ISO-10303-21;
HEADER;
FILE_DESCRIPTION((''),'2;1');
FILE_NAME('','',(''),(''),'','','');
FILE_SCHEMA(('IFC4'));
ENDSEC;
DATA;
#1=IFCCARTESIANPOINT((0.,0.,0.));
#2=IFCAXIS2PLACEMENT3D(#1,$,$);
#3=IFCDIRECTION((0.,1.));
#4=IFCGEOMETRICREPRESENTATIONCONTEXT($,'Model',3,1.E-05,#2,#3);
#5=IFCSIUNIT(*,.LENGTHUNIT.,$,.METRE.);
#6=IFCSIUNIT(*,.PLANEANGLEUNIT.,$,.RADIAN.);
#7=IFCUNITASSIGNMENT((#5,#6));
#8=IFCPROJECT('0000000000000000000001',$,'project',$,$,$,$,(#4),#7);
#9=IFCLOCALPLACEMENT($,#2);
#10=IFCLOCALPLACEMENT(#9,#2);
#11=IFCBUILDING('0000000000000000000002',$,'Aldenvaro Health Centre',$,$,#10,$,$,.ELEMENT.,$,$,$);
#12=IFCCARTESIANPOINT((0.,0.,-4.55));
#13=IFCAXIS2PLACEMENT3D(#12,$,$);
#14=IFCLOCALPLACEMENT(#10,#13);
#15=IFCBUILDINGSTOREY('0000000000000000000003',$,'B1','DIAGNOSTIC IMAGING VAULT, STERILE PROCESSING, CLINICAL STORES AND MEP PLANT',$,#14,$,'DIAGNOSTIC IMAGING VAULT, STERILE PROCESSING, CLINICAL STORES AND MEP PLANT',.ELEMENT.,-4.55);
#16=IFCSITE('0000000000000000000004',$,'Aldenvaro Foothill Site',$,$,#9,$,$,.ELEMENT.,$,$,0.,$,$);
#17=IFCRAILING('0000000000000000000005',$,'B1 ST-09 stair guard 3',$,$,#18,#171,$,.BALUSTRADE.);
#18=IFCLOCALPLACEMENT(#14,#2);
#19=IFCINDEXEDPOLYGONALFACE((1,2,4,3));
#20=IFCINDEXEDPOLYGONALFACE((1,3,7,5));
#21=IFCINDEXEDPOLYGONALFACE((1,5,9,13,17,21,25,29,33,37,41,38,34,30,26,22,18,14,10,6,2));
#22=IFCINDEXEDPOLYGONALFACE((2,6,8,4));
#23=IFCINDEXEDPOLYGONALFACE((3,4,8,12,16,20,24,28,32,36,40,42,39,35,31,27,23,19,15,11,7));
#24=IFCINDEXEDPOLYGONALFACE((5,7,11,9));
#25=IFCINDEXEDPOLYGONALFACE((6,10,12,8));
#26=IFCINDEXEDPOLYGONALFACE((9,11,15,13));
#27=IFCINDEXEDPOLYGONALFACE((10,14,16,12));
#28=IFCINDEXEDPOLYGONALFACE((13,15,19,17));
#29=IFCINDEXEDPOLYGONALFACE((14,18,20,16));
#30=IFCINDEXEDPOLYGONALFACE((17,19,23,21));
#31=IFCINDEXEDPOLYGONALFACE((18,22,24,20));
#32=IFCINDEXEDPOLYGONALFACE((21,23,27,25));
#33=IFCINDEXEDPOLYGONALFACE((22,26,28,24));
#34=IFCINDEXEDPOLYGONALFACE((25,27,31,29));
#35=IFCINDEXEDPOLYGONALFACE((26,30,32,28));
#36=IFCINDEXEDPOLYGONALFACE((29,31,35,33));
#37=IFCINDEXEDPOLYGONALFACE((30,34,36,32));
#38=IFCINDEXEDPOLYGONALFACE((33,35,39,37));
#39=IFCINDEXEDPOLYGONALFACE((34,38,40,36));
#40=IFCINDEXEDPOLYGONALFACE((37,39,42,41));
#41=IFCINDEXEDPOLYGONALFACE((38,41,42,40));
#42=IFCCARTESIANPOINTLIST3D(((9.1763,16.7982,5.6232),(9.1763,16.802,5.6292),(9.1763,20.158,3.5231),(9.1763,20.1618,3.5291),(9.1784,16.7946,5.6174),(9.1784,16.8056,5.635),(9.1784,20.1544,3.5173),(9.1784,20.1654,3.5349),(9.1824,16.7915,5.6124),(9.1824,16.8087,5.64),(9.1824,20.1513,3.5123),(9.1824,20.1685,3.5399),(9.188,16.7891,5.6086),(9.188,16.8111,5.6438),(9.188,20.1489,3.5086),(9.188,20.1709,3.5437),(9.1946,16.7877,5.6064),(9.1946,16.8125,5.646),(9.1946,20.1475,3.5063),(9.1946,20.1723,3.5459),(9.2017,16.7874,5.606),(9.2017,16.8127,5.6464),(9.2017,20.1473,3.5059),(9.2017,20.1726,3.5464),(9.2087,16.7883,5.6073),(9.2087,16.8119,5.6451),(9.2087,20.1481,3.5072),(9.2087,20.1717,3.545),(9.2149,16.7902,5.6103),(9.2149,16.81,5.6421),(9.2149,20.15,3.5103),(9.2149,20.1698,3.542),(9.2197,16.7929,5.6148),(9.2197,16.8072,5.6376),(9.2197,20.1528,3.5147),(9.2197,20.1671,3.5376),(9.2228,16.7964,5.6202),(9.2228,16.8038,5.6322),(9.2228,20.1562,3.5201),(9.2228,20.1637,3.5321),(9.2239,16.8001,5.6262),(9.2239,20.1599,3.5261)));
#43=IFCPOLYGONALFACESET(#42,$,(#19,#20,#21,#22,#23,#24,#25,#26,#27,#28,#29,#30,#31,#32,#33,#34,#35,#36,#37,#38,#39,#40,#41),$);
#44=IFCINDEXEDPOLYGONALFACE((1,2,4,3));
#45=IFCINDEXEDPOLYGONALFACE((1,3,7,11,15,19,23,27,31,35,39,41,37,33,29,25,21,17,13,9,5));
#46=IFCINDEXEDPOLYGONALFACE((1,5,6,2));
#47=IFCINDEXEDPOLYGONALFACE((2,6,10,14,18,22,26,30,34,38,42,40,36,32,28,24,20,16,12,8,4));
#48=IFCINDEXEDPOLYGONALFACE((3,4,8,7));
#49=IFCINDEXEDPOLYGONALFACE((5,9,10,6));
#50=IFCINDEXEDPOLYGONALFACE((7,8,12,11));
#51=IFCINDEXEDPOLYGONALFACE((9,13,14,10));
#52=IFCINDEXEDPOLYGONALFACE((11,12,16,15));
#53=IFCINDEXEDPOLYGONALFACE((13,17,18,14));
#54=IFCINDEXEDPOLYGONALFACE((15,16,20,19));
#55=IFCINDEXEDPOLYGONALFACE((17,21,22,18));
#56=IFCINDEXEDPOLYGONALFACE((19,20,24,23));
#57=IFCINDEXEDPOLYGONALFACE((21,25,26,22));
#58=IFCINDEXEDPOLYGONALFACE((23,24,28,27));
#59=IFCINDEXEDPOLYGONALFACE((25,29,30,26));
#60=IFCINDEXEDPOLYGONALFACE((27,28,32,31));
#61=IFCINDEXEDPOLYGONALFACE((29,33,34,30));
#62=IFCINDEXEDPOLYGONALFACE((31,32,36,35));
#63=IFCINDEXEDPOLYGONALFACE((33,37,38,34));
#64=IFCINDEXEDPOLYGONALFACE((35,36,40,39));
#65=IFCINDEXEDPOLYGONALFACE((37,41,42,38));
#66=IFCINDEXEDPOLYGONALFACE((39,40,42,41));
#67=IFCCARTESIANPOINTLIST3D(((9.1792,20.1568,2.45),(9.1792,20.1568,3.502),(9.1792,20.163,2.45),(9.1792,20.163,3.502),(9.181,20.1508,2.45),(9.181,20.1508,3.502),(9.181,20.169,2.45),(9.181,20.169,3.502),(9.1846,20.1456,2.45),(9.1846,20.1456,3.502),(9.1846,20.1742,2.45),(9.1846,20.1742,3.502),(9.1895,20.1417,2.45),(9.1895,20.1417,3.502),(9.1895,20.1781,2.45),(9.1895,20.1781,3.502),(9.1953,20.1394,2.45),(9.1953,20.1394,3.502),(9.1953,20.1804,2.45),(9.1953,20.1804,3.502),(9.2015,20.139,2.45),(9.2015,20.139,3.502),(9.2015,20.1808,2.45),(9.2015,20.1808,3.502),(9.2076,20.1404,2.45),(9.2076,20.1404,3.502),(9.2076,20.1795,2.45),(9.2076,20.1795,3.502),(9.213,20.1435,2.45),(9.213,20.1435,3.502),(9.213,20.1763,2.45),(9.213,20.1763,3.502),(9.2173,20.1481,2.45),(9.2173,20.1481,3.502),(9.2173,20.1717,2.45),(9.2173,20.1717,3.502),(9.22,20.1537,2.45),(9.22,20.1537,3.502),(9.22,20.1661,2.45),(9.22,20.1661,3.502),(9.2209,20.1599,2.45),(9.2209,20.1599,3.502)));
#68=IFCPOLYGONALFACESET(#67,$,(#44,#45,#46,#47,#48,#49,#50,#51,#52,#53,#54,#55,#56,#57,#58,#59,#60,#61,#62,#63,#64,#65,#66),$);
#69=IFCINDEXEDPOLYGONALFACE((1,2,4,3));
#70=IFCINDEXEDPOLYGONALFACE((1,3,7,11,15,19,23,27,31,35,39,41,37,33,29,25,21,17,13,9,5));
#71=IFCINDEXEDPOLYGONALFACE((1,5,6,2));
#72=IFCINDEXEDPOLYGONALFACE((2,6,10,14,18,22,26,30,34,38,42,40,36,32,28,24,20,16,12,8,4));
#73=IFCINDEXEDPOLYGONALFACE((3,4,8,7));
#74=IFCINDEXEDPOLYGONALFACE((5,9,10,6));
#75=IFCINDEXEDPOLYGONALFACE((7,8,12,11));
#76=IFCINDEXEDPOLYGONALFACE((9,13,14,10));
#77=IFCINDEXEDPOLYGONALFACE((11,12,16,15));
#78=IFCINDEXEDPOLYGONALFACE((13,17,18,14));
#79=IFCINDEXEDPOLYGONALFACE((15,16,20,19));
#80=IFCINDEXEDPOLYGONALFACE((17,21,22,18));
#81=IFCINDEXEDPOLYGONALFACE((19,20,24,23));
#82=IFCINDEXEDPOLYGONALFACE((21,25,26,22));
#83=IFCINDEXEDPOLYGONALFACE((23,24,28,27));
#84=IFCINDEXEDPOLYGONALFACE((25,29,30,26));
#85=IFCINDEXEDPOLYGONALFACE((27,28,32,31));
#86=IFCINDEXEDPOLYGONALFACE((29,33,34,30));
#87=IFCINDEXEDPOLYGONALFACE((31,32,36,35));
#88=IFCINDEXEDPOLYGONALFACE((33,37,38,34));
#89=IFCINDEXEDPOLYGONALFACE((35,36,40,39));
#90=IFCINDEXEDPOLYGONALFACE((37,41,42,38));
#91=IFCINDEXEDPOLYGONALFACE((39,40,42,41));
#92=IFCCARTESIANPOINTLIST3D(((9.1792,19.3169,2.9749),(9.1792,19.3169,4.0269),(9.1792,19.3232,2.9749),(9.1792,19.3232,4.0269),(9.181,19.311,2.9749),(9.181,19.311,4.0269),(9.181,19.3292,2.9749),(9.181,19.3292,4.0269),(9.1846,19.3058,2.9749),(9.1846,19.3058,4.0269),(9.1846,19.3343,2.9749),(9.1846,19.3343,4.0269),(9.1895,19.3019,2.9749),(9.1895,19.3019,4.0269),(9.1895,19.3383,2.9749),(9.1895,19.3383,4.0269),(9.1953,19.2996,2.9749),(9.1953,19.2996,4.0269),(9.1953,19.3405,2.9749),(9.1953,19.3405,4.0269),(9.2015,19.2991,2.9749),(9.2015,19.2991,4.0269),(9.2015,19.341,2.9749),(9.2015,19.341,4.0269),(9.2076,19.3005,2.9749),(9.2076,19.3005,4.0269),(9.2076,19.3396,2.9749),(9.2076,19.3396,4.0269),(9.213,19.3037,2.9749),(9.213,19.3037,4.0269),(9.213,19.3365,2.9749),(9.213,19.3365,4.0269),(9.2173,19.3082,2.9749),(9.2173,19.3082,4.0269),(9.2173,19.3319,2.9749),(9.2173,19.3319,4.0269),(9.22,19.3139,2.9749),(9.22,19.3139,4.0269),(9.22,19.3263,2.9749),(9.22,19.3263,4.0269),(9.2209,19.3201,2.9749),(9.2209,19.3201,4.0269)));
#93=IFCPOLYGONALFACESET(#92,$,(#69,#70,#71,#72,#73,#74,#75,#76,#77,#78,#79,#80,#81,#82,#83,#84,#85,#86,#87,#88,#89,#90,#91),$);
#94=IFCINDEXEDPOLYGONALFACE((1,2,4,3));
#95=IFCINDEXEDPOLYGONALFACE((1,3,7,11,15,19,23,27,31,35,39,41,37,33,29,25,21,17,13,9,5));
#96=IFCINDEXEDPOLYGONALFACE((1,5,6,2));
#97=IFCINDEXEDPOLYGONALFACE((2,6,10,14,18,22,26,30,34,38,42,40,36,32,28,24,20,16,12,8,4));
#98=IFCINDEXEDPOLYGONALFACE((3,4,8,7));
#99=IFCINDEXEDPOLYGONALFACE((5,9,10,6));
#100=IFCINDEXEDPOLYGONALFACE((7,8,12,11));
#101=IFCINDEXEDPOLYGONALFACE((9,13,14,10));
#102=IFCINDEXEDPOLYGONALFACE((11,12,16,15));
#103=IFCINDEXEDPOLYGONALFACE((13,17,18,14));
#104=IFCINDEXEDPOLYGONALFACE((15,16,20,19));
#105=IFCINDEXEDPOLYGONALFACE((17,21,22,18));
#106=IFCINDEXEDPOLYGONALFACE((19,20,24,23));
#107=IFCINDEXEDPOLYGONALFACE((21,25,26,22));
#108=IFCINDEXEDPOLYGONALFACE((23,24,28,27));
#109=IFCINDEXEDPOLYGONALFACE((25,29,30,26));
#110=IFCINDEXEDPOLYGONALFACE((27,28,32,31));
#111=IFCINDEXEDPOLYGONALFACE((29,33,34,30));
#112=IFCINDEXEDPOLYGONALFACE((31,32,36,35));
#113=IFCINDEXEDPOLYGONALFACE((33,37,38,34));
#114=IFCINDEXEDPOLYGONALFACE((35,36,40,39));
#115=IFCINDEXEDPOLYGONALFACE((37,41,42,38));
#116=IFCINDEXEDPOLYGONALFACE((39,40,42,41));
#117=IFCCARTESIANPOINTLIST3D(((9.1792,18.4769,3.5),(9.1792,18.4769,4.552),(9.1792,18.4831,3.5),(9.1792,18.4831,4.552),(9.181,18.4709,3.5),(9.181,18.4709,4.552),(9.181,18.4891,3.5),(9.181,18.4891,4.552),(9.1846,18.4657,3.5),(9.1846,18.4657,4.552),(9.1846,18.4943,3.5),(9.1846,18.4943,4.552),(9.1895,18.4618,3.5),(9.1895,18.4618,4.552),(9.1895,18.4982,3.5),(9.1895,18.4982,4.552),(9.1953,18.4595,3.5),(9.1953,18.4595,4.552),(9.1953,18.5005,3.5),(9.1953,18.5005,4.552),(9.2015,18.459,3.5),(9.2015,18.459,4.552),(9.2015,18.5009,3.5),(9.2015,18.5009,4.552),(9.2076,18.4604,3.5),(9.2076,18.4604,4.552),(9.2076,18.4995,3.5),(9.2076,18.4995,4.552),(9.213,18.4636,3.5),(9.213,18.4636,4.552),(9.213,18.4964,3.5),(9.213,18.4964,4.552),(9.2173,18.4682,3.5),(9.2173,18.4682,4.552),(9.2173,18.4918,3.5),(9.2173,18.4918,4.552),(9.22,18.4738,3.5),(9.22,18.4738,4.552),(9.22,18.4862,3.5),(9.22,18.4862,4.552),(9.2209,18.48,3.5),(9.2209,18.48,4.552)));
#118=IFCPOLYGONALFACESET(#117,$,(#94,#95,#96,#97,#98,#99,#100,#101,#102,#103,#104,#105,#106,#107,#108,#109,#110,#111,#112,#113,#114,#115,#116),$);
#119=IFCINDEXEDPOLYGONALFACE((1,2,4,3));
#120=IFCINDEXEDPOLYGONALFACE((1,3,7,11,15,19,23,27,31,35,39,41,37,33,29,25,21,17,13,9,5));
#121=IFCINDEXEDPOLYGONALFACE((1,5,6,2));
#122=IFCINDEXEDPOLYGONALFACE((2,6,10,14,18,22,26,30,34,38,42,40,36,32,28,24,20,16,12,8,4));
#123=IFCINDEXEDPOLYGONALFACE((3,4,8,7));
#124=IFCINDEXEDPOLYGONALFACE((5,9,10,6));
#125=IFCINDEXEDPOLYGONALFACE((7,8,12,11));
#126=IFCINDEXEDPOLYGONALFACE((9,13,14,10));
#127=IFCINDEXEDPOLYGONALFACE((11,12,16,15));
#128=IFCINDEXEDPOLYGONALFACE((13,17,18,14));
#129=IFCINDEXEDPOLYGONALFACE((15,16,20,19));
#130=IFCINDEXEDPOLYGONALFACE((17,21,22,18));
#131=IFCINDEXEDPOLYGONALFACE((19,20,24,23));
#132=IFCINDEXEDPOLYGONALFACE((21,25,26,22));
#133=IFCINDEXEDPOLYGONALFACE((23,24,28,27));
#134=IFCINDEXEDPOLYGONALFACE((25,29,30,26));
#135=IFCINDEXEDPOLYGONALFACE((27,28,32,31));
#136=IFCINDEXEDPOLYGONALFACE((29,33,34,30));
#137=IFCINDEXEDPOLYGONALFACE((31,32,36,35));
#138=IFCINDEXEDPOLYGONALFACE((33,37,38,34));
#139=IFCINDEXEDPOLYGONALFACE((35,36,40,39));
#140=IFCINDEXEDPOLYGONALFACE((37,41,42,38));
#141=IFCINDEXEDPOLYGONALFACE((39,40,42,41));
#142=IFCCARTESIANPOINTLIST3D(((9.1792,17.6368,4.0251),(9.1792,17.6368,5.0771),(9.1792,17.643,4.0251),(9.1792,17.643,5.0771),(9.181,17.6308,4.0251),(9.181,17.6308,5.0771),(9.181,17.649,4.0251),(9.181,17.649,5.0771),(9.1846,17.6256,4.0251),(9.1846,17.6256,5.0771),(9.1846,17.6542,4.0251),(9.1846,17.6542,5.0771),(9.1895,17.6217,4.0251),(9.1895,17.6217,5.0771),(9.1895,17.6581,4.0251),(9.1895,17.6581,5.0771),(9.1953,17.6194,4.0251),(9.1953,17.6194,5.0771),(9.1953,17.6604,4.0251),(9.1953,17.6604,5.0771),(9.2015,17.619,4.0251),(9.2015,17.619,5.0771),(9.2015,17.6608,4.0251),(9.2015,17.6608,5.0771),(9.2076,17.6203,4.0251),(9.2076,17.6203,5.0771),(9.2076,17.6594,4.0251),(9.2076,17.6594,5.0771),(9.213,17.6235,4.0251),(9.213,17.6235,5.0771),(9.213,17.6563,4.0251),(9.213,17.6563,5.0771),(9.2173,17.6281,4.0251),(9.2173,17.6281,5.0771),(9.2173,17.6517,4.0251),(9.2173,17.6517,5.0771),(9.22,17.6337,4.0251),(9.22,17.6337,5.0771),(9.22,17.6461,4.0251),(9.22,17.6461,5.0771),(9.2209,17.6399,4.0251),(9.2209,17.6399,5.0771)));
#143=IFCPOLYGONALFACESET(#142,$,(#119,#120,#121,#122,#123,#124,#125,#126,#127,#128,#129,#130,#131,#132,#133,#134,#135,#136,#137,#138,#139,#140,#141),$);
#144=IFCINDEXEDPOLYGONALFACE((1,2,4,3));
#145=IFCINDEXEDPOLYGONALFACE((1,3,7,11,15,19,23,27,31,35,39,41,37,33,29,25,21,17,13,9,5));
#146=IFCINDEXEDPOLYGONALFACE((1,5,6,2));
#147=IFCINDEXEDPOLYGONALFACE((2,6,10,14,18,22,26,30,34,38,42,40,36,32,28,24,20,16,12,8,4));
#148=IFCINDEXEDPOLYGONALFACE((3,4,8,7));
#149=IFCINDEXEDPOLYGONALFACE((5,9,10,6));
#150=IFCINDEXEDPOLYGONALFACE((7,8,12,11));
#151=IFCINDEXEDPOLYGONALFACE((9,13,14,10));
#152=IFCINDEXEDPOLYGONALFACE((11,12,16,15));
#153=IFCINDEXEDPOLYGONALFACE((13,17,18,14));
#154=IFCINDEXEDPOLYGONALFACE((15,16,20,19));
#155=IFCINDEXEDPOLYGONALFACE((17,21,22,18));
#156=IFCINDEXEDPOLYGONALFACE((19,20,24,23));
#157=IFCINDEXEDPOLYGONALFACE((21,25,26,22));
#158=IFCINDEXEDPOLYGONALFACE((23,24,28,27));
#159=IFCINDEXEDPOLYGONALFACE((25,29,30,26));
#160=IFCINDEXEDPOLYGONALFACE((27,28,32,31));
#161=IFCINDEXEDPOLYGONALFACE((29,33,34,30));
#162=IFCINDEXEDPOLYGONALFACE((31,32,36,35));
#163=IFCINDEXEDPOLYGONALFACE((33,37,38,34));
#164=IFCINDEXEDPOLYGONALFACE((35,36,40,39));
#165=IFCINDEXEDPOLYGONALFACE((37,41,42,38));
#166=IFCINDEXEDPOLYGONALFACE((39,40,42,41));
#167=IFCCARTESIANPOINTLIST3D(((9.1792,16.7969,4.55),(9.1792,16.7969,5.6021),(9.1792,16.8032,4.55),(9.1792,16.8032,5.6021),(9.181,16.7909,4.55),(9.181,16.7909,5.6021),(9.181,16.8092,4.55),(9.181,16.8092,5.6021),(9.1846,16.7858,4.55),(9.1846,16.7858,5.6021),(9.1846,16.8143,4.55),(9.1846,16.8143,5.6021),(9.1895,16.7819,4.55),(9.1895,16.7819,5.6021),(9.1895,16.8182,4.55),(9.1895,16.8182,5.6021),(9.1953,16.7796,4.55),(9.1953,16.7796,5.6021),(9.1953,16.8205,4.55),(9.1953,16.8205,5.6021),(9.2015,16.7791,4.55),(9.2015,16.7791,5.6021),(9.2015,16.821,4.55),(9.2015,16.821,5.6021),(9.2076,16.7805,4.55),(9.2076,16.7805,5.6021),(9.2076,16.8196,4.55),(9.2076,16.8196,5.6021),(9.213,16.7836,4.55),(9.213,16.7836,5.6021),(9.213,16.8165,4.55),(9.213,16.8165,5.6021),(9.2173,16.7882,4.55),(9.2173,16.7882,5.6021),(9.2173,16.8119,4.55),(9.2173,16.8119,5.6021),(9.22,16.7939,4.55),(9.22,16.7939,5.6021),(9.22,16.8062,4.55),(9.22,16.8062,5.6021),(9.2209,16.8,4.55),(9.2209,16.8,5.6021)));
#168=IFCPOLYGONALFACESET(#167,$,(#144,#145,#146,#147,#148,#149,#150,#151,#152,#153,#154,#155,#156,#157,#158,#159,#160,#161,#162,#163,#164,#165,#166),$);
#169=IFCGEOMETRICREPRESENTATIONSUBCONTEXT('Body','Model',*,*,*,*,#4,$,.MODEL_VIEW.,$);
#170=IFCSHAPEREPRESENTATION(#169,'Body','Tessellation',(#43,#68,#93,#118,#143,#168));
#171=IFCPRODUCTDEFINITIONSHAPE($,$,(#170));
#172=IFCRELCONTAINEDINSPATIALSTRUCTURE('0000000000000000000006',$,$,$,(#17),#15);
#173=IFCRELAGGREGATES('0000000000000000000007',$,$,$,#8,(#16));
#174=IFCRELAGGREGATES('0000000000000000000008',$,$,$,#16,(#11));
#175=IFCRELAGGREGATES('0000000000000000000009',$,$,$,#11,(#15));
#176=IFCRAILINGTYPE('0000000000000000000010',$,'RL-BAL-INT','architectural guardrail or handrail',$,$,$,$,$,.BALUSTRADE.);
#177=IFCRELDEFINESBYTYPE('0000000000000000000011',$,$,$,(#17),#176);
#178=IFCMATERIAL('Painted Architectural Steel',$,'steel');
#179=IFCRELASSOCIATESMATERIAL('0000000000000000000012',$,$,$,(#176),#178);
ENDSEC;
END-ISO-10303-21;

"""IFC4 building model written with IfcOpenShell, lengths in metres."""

from ifc_helpers import new_model, si_unit, direction, frame, origin, origin_2d, place, context, subcontext, project, spatial, circle, extrude, material, type_object, element, save


model = new_model("IFC4")

# Units and contexts
model_context = context("Model", 3, precision=1e-05, world=origin(), true_north=direction((0.0, 1.0)))
body_context = subcontext(model_context, "Body", "Model", "MODEL_VIEW")
ifc_project = project(units=[si_unit("LENGTHUNIT", "METRE"), si_unit("PLANEANGLEUNIT", "RADIAN")], contexts=[model_context])

# Site, building, storey
site_placement = place(None, origin())
site = spatial("IfcSite", under=ifc_project, at=site_placement, Name="Aldenvaro Foothill Site", CompositionType="ELEMENT", RefElevation=0.0)
building_placement = place(site_placement, origin())
building = spatial("IfcBuilding", under=site, at=building_placement, Name="Aldenvaro Health Centre", CompositionType="ELEMENT")
storey_placement = place(building_placement, frame((0.0, 0.0, -4.55)))
storey = spatial("IfcBuildingStorey", under=building, at=storey_placement, Name="B1", Description="DIAGNOSTIC IMAGING VAULT, STERILE PROCESSING, CLINICAL STORES AND MEP PLANT", LongName="DIAGNOSTIC IMAGING VAULT, STERILE PROCESSING, CLINICAL STORES AND MEP PLANT", CompositionType="ELEMENT", Elevation=-4.55)

# Railing
ifc_material_1 = material(Name="Painted Architectural Steel", Category="steel")
railing_type_1 = type_object("IfcRailingType", Name="RL-BAL-INT", Description="architectural guardrail or handrail", PredefinedType="BALUSTRADE", material=ifc_material_1)
railing_1_placement = place(storey_placement, frame((9.2, 20.1599, 2.45)))
element("IfcRailing", 1, at=railing_1_placement, inside=storey, type_object=railing_type_1, Name="B1 ST-09 stair guard 3", PredefinedType="BALUSTRADE", context=body_context, shape_type="SweptSolid", body=[
    extrude(circle(Radius=0.0239, at=origin_2d()), frame((0.0, 0.0, 1.0762), z_axis=(0.0, -0.847978, 0.530032), x_axis=(1.0, 0.0, 0.0)), (0.0, 0.0, 1.0), 3.9622),
    extrude(circle(Radius=0.021, at=origin_2d()), origin(), (0.0, 0.0, 1.0), 1.052),
    extrude(circle(Radius=0.021, at=origin_2d()), frame((0.0, -0.8398, 0.5249)), (0.0, 0.0, 1.0), 1.052),
    extrude(circle(Radius=0.021, at=origin_2d()), frame((0.0, -1.6799, 1.05)), (0.0, 0.0, 1.0), 1.052),
    extrude(circle(Radius=0.021, at=origin_2d()), frame((0.0, -2.52, 1.5752)), (0.0, 0.0, 1.0), 1.052),
    extrude(circle(Radius=0.021, at=origin_2d()), frame((0.0, -3.3599, 2.1001)), (0.0, 0.0, 1.0), 1.052),
])

save(model, "model.ifc")
